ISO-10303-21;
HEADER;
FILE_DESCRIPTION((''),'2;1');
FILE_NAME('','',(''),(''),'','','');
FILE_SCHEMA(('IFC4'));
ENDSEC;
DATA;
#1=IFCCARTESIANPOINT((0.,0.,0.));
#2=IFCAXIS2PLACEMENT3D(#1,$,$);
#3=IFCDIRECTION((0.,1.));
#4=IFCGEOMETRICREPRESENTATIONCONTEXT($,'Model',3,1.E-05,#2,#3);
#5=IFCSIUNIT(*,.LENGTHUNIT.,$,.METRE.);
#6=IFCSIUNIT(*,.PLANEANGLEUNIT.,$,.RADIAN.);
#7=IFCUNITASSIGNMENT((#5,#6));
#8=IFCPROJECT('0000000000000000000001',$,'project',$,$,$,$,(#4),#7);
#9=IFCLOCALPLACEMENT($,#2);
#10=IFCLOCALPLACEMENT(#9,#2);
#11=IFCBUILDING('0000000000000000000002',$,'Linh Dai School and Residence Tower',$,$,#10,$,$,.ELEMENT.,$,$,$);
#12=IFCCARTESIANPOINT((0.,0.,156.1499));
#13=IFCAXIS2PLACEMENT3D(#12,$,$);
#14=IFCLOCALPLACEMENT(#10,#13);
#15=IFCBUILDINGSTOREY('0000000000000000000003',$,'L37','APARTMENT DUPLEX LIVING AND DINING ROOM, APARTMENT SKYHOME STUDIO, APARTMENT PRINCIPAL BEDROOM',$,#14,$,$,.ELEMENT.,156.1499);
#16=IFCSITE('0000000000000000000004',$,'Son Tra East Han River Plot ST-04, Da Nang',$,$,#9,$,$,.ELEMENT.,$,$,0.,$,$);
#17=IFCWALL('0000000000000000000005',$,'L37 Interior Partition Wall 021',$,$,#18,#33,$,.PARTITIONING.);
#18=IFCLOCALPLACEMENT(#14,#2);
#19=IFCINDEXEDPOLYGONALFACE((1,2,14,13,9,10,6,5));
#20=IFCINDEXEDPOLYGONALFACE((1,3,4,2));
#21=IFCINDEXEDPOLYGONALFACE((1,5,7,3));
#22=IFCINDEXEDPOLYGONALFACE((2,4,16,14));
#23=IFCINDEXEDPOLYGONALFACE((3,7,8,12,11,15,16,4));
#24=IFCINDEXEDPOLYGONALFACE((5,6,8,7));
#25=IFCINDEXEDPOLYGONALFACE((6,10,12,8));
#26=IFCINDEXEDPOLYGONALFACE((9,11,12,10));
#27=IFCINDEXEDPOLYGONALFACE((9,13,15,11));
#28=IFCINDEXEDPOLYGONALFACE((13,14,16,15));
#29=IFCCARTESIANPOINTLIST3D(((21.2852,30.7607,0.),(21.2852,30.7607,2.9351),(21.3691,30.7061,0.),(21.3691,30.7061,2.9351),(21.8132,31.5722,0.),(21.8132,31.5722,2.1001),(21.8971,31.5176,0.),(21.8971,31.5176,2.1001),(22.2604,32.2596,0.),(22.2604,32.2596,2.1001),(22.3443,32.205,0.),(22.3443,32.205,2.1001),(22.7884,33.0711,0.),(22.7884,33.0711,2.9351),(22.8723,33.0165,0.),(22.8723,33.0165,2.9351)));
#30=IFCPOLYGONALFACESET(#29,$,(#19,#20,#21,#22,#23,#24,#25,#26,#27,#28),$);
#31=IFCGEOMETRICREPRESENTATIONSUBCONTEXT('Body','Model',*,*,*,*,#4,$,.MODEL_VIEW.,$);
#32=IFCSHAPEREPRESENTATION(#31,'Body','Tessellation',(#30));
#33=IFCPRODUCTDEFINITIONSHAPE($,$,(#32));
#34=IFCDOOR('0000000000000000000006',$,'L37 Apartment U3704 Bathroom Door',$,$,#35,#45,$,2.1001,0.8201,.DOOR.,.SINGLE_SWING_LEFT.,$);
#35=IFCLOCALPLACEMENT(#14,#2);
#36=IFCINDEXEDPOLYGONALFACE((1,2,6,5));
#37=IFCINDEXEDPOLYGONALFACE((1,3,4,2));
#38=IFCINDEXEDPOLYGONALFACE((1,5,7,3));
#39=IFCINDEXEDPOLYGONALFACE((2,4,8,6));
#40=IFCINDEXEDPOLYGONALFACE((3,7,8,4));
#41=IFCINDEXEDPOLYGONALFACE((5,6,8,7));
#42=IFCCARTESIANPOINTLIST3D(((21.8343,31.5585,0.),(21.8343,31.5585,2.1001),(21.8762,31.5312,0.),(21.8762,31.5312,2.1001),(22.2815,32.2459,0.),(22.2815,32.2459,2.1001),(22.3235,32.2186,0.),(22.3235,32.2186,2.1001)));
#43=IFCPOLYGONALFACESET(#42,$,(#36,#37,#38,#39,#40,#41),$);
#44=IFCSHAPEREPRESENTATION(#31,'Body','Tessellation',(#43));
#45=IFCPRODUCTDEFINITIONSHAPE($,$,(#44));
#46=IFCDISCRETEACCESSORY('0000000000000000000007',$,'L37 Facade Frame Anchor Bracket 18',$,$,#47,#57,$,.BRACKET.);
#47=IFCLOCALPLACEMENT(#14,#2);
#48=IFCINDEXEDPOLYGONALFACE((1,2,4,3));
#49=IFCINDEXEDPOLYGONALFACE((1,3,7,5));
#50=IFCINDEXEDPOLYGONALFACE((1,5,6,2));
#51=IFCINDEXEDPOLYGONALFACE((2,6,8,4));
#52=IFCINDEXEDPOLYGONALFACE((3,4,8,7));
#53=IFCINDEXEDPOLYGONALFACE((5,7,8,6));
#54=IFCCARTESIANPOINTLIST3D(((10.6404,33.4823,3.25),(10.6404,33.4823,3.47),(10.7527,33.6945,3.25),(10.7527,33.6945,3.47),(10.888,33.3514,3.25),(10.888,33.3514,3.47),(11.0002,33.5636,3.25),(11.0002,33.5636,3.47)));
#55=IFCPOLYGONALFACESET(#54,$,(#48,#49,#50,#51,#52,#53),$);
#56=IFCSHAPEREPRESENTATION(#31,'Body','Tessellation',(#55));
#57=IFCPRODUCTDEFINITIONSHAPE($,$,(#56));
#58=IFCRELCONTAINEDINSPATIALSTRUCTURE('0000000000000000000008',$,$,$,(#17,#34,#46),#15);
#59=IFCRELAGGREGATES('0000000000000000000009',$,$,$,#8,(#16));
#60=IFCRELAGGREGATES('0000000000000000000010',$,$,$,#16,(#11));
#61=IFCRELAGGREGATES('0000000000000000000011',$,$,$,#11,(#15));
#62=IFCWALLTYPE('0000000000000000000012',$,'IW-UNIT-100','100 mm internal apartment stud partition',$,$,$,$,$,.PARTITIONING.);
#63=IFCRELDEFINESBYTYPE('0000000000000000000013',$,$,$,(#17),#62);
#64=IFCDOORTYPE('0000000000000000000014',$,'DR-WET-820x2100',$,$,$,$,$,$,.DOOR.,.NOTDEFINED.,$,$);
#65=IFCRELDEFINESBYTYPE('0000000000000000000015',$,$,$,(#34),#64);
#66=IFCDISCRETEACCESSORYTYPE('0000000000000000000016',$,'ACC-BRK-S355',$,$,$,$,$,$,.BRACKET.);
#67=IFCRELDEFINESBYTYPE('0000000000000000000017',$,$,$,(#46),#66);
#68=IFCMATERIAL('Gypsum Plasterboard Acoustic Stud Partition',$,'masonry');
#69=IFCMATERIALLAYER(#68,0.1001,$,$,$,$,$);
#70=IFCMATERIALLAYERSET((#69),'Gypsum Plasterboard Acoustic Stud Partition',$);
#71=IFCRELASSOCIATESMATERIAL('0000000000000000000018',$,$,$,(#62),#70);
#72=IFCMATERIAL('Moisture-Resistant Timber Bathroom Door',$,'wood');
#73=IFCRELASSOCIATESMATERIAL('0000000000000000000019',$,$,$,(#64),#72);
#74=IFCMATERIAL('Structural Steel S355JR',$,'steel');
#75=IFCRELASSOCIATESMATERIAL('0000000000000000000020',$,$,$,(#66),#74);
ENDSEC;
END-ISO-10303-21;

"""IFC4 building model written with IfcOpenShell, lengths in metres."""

from ifc_helpers import new_model, si_unit, direction, frame, frame_2d, origin, origin_2d, place, context, subcontext, project, spatial, rectangle, extrude, source, transform, mapped, material, layer, layer_set, type_object, element, fill, save


model = new_model("IFC4")

# Units and contexts
model_context = context("Model", 3, precision=1e-05, world=origin(), true_north=direction((0.0, 1.0)))
body_context = subcontext(model_context, "Body", "Model", "MODEL_VIEW")
ifc_project = project(units=[si_unit("LENGTHUNIT", "METRE"), si_unit("PLANEANGLEUNIT", "RADIAN")], contexts=[model_context])

# Site, building, storey
site_placement = place(None, origin())
site = spatial("IfcSite", under=ifc_project, at=site_placement, Name="Son Tra East Han River Plot ST-04, Da Nang", CompositionType="ELEMENT", RefElevation=0.0)
building_placement = place(site_placement, origin())
building = spatial("IfcBuilding", under=site, at=building_placement, Name="Linh Dai School and Residence Tower", CompositionType="ELEMENT")
storey_placement = place(building_placement, frame((0.0, 0.0, 156.1499)))
storey = spatial("IfcBuildingStorey", under=building, at=storey_placement, Name="L37", Description="APARTMENT DUPLEX LIVING AND DINING ROOM, APARTMENT SKYHOME STUDIO, APARTMENT PRINCIPAL BEDROOM", CompositionType="ELEMENT", Elevation=156.1499)

# Shared definitions
ifc_material_1 = material(Name="Structural Steel S355JR", Category="steel")

# Shared definitions
ifc_material_2 = material(Name="Gypsum Plasterboard Acoustic Stud Partition", Category="masonry")
ifc_layer_1 = layer(ifc_material_2, 0.1001)
ifc_layer_set_1 = layer_set([ifc_layer_1], Name="Gypsum Plasterboard Acoustic Stud Partition")
wall_type_1 = type_object("IfcWallType", Name="IW-UNIT-100", Description="100 mm internal apartment stud partition", PredefinedType="PARTITIONING", material=ifc_layer_set_1)

# Wall, opening, door
wall_1_placement = place(storey_placement, frame((21.3271, 30.7334, 0.0), z_axis=(0.0, 0.0, 1.0), x_axis=(0.545365, 0.838199, 0.0)))
wall_1 = element("IfcWall", 1, at=wall_1_placement, inside=storey, type_object=wall_type_1, Name="L37 Interior Partition Wall 021", PredefinedType="PARTITIONING", context=body_context, shape_type="SweptSolid", body=[
    extrude(rectangle(XDim=2.7563, YDim=0.1001, at=frame_2d((1.3782, 0.0))), origin(), (0.0, 0.0, 1.0), 2.9351),
])
opening_1_placement = place(wall_1_placement, frame((0.968, 0.0, 0.0)))
opening_1 = element("IfcOpeningElement", 2, at=opening_1_placement, cuts=wall_1, PredefinedType="OPENING", context=body_context, shape_type="SweptSolid", body=[
    extrude(rectangle(XDim=0.8201, YDim=2.1001, at=origin_2d()), frame((0.4102, 0.0601, 1.05), z_axis=(0.0, -1.0, 0.0), x_axis=(1.0, 0.0, 0.0)), (0.0, 0.0, 1.0), 0.1201),
])
ifc_material_3 = material(Name="Moisture-Resistant Timber Bathroom Door", Category="wood")
door_type_1 = type_object("IfcDoorType", Name="DR-WET-820x2100", OperationType="NOTDEFINED", PredefinedType="DOOR", material=ifc_material_3)
shared_shape_1 = source(origin(), body_context, "Body", "SweptSolid", [
    extrude(rectangle(XDim=0.8201, YDim=2.1001, at=origin_2d()), frame((0.4102, 0.0249, 1.05), z_axis=(0.0, -1.0, 0.0), x_axis=(1.0, 0.0, 0.0)), (0.0, 0.0, 1.0), 0.05),
])
door_1_placement = place(opening_1_placement, origin())
door_1 = element("IfcDoor", 3, at=door_1_placement, inside=storey, type_object=door_type_1, Name="L37 Apartment U3704 Bathroom Door", OperationType="SINGLE_SWING_LEFT", OverallHeight=2.1001, OverallWidth=0.8201, PredefinedType="DOOR", context=body_context, shape_type="MappedRepresentation", body=[
    mapped(shared_shape_1, transform((0.0, 0.0, 0.0), x_axis=(1.0, 0.0, 0.0), y_axis=(0.0, 1.0, 0.0), z_axis=(0.0, 0.0, 1.0), scale=1.0)),
])
fill(opening_1, door_1)

# Discrete accessory
discrete_accessory_type = type_object("IfcDiscreteAccessoryType", Name="ACC-BRK-S355", PredefinedType="BRACKET", material=ifc_material_1)
shared_shape_2 = source(origin(), body_context, "Body", "SweptSolid", [
    extrude(rectangle(XDim=0.28, YDim=0.24, at=origin_2d()), origin(), (0.0, 0.0, 1.0), 0.22),
])
discrete_accessory_placement = place(storey_placement, frame((10.8203, 33.5229, 3.25), z_axis=(0.0, 0.0, 1.0), x_axis=(-0.883951, 0.46758, 0.0)))
element("IfcDiscreteAccessory", 4, at=discrete_accessory_placement, inside=storey, type_object=discrete_accessory_type, Name="L37 Facade Frame Anchor Bracket 18", PredefinedType="BRACKET", context=body_context, shape_type="MappedRepresentation", body=[
    mapped(shared_shape_2, transform((0.0, 0.0, 0.0), x_axis=(1.0, 0.0, 0.0), y_axis=(0.0, 1.0, 0.0), z_axis=(0.0, 0.0, 1.0), scale=1.0)),
])

save(model, "model.ifc")
